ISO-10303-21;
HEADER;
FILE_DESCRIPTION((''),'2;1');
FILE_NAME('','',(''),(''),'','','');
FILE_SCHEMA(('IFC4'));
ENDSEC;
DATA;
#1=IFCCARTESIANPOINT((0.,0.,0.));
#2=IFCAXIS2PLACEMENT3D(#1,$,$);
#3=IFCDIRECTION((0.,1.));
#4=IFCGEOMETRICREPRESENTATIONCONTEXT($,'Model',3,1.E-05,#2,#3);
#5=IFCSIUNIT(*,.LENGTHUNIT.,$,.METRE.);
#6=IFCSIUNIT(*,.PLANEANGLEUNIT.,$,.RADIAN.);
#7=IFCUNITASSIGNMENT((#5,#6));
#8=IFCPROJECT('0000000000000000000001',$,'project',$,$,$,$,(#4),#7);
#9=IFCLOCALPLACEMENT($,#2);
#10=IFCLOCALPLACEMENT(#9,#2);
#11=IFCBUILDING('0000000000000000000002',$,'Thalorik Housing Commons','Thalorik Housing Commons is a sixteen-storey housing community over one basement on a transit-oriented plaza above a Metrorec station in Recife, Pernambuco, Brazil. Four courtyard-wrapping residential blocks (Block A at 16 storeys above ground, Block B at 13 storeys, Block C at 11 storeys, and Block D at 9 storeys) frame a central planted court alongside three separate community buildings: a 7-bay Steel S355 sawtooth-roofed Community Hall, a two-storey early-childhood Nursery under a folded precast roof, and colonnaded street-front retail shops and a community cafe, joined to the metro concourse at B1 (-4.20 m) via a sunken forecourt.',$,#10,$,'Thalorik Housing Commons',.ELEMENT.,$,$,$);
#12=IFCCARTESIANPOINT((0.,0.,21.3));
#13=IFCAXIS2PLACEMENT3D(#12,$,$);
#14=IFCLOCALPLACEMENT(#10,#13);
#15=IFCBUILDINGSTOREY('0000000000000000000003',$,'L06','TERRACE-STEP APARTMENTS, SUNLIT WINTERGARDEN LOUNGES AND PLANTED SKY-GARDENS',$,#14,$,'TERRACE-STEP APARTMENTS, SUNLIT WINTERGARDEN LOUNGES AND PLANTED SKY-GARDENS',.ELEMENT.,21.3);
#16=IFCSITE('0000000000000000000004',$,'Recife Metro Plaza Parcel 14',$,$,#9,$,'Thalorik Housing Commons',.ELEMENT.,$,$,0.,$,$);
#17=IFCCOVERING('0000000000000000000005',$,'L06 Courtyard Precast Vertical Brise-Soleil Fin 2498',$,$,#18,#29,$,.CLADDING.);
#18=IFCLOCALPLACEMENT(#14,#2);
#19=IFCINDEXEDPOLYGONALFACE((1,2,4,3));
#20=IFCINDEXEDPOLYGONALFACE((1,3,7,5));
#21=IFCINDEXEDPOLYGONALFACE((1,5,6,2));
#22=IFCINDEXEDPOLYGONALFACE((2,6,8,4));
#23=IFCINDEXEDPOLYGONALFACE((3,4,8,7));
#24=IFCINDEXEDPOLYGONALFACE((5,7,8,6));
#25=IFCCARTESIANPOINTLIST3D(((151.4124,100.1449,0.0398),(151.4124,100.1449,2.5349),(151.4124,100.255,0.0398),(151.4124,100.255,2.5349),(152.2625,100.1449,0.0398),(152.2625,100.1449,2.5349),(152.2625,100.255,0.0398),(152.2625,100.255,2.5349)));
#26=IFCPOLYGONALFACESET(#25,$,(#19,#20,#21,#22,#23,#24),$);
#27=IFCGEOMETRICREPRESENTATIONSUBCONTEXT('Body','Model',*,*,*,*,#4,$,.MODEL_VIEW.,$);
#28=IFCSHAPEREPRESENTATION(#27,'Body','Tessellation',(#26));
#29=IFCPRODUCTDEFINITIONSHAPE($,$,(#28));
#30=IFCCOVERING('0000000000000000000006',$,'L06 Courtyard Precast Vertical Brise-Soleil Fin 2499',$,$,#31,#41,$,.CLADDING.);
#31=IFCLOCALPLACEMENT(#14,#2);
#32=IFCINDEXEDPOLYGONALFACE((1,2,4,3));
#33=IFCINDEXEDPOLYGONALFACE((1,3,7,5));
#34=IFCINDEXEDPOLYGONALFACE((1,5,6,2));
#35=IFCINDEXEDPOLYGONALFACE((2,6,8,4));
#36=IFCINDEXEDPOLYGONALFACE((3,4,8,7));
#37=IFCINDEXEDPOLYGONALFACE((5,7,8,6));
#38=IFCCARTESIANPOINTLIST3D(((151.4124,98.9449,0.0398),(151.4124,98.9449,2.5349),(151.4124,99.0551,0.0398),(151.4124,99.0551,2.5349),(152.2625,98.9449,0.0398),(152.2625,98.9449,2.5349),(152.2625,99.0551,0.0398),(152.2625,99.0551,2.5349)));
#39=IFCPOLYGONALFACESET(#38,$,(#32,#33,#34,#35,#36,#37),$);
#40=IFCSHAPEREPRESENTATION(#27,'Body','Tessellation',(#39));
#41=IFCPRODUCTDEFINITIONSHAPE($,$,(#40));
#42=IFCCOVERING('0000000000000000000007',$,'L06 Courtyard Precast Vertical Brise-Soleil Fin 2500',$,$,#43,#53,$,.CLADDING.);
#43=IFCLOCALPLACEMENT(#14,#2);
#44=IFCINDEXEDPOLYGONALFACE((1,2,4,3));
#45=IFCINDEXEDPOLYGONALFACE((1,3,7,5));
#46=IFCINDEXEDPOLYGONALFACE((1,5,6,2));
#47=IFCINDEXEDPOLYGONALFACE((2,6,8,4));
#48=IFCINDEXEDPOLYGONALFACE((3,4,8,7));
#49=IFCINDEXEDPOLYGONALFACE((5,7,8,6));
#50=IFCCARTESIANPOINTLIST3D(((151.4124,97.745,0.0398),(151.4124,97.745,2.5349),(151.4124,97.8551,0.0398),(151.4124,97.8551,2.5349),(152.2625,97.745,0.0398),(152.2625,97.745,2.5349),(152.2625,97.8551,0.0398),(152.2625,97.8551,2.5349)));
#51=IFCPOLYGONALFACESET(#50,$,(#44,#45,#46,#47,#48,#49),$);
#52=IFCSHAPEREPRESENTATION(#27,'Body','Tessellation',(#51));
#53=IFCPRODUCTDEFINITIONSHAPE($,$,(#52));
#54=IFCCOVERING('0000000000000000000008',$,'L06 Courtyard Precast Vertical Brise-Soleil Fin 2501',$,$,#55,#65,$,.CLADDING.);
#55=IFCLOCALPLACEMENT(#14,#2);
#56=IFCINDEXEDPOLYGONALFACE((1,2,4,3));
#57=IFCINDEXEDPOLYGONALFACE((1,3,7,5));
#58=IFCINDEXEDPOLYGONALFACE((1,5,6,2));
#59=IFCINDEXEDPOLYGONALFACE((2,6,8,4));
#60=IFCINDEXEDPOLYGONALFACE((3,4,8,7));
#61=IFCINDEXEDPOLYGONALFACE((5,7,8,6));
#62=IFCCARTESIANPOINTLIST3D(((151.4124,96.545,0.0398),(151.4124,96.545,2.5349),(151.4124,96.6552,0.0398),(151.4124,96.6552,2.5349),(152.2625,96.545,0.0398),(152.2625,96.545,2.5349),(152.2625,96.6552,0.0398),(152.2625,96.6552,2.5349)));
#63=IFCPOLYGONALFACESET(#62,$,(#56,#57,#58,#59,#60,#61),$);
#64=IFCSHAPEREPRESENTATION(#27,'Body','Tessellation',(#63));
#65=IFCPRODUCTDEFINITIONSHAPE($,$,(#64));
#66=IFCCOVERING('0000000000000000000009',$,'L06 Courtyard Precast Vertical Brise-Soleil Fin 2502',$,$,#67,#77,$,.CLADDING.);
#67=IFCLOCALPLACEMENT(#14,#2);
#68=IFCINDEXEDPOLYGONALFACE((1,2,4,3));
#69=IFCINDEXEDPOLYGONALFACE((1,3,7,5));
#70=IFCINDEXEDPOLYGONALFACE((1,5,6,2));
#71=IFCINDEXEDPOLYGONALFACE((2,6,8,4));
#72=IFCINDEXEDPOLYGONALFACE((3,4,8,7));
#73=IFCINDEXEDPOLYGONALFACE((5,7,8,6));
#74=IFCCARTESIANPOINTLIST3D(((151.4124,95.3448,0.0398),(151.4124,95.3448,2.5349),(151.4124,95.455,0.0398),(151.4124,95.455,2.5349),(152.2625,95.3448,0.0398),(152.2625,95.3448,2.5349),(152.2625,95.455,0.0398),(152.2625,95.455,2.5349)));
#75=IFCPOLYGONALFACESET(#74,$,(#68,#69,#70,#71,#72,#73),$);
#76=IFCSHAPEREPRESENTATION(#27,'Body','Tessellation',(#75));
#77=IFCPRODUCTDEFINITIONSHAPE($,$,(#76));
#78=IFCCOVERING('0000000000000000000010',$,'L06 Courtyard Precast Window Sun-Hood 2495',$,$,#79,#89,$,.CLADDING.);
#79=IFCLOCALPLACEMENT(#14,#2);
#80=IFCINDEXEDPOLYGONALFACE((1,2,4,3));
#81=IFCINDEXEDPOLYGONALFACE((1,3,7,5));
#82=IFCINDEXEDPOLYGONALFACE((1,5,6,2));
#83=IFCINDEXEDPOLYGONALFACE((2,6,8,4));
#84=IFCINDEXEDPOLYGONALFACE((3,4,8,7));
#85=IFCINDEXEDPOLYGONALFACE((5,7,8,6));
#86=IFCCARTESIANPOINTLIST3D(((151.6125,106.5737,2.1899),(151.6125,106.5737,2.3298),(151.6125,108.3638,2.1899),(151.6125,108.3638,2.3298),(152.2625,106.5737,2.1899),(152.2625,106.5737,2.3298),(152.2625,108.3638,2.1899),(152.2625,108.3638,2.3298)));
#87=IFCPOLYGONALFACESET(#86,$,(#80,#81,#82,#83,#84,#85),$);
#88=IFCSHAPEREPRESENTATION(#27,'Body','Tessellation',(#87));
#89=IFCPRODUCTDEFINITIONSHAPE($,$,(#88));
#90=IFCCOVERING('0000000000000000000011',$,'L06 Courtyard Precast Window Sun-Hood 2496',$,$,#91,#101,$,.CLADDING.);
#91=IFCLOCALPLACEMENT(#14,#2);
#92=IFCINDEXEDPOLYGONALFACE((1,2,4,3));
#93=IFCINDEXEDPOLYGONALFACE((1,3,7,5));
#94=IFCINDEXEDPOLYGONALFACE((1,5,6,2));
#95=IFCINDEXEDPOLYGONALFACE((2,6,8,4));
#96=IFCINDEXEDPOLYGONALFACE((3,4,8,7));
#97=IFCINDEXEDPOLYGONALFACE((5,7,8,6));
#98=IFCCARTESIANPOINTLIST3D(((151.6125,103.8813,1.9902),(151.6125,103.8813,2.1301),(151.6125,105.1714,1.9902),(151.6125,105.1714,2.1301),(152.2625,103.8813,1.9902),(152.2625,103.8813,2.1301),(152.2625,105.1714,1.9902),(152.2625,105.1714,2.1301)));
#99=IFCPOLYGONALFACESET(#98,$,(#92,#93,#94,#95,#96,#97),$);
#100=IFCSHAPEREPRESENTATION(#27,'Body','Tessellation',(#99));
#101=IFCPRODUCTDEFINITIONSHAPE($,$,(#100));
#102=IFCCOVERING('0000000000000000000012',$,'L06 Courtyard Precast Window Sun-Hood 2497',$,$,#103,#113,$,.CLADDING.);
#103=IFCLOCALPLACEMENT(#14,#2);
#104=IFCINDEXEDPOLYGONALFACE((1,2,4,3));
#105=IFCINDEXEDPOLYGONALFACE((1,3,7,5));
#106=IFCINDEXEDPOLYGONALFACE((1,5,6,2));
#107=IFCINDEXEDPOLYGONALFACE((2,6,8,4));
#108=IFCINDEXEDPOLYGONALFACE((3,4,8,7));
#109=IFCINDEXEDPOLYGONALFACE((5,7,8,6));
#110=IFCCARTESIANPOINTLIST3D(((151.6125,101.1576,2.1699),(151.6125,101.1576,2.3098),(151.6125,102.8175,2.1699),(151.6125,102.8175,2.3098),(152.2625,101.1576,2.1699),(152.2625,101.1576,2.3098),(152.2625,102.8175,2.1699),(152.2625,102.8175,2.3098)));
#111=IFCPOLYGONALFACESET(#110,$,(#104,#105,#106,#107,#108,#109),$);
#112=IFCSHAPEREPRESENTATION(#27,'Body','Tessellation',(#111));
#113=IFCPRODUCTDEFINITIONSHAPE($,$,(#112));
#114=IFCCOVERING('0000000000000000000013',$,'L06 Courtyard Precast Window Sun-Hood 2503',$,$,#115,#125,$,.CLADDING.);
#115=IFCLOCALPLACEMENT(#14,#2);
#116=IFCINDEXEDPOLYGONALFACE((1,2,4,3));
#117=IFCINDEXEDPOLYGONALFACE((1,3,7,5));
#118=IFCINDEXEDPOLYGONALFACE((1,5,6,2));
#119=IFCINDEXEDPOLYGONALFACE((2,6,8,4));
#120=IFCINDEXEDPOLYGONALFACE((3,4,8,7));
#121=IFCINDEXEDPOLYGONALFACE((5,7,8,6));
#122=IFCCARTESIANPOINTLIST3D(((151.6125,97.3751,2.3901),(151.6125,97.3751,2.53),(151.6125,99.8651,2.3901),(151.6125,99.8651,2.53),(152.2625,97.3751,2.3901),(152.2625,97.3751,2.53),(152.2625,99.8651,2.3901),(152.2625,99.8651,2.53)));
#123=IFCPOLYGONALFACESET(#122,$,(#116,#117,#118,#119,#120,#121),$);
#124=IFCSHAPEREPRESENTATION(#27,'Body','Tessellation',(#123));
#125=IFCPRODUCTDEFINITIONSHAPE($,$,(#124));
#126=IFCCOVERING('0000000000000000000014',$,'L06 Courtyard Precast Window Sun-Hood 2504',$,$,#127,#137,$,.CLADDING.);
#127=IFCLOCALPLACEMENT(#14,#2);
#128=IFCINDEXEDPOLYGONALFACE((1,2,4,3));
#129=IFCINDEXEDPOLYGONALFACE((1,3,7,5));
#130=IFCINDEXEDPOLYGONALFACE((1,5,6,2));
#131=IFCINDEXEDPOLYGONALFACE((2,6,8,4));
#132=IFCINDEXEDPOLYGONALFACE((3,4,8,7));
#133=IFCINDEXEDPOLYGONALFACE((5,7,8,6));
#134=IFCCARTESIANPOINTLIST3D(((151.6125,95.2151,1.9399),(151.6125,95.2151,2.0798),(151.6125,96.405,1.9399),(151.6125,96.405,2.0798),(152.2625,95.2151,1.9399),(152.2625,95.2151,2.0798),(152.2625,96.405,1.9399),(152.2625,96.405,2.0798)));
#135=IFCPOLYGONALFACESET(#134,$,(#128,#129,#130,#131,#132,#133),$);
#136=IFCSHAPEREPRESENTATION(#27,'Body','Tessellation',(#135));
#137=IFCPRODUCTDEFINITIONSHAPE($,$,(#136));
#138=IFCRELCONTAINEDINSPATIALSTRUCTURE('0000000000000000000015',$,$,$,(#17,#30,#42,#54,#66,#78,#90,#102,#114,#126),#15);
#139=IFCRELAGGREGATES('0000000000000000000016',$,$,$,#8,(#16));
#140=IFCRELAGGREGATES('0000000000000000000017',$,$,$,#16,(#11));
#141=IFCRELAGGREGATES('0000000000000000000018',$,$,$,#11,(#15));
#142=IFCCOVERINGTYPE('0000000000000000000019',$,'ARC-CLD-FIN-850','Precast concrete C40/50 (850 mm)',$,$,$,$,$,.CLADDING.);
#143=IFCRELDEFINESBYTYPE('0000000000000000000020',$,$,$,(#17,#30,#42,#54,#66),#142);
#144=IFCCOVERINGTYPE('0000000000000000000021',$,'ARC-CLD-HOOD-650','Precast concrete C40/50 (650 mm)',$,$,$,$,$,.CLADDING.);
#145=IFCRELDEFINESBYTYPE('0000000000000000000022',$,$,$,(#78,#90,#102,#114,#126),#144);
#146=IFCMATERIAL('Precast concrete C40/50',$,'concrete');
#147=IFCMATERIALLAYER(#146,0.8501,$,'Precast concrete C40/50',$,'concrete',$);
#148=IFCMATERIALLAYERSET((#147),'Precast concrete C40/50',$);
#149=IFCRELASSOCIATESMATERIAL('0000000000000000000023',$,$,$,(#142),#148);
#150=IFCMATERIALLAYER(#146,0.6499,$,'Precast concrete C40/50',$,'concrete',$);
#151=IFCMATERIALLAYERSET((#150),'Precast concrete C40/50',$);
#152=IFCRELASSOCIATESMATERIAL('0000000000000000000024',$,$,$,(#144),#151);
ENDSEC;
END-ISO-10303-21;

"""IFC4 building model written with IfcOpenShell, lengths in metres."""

from ifc_helpers import new_model, si_unit, direction, frame, origin, origin_2d, place, context, subcontext, project, spatial, rectangle, extrude, material, layer, layer_set, type_object, element, save


model = new_model("IFC4")

# Units and contexts
model_context = context("Model", 3, precision=1e-05, world=origin(), true_north=direction((0.0, 1.0)))
body_context = subcontext(model_context, "Body", "Model", "MODEL_VIEW")
ifc_project = project(units=[si_unit("LENGTHUNIT", "METRE"), si_unit("PLANEANGLEUNIT", "RADIAN")], contexts=[model_context])

# Site, building, storey
site_placement = place(None, origin())
site = spatial("IfcSite", under=ifc_project, at=site_placement, Name="Recife Metro Plaza Parcel 14", LongName="Thalorik Housing Commons", CompositionType="ELEMENT", RefElevation=0.0)
building_placement = place(site_placement, origin())
building = spatial("IfcBuilding", under=site, at=building_placement, Name="Thalorik Housing Commons", Description="Thalorik Housing Commons is a sixteen-storey housing community over one basement on a transit-oriented plaza above a Metrorec station in Recife, Pernambuco, Brazil. Four courtyard-wrapping residential blocks (Block A at 16 storeys above ground, Block B at 13 storeys, Block C at 11 storeys, and Block D at 9 storeys) frame a central planted court alongside three separate community buildings: a 7-bay Steel S355 sawtooth-roofed Community Hall, a two-storey early-childhood Nursery under a folded precast roof, and colonnaded street-front retail shops and a community cafe, joined to the metro concourse at B1 (-4.20 m) via a sunken forecourt.", LongName="Thalorik Housing Commons", CompositionType="ELEMENT")
storey_placement = place(building_placement, frame((0.0, 0.0, 21.3)))
storey = spatial("IfcBuildingStorey", under=building, at=storey_placement, Name="L06", Description="TERRACE-STEP APARTMENTS, SUNLIT WINTERGARDEN LOUNGES AND PLANTED SKY-GARDENS", LongName="TERRACE-STEP APARTMENTS, SUNLIT WINTERGARDEN LOUNGES AND PLANTED SKY-GARDENS", CompositionType="ELEMENT", Elevation=21.3)

# Shared definitions
ifc_material_1 = material(Name="Precast concrete C40/50", Category="concrete")

# Coverings
ifc_layer_1 = layer(ifc_material_1, 0.8501, Name="Precast concrete C40/50", Category="concrete")
ifc_layer_set_1 = layer_set([ifc_layer_1], Name="Precast concrete C40/50")
covering_type_1 = type_object("IfcCoveringType", Name="ARC-CLD-FIN-850", Description="Precast concrete C40/50 (850 mm)", PredefinedType="CLADDING", material=ifc_layer_set_1)
for number, where, z_axis, x_axis, name in (
    (1, (151.8374, 100.2, 0.0398), (0.0, 0.0, 1.0), (0.0, -1.0, 0.0), "L06 Courtyard Precast Vertical Brise-Soleil Fin 2498"),
    (2, (151.8374, 99.0, 0.0398), (0.0, 0.0, 1.0), (0.0, -1.0, 0.0), "L06 Courtyard Precast Vertical Brise-Soleil Fin 2499"),
    (3, (151.8374, 97.8, 0.0398), (0.0, 0.0, 1.0), (0.0, -1.0, 0.0), "L06 Courtyard Precast Vertical Brise-Soleil Fin 2500"),
    (4, (151.8374, 96.6001, 0.0398), (0.0, 0.0, 1.0), (0.0, -1.0, 0.0), "L06 Courtyard Precast Vertical Brise-Soleil Fin 2501"),
    (5, (151.8374, 95.3999, 0.0398), (0.0, 0.0, 1.0), (0.0, -1.0, 0.0), "L06 Courtyard Precast Vertical Brise-Soleil Fin 2502"),
):
    element("IfcCovering", number, at=place(storey_placement, frame(where, z_axis=z_axis, x_axis=x_axis)), inside=storey, type_object=covering_type_1, Name=name, PredefinedType="CLADDING", context=body_context, shape_type="SweptSolid", body=[
        extrude(rectangle(XDim=0.1101, YDim=0.8501, at=origin_2d()), origin(), (0.0, 0.0, 1.0), 2.4951),
    ])
ifc_layer_2 = layer(ifc_material_1, 0.6499, Name="Precast concrete C40/50", Category="concrete")
ifc_layer_set_2 = layer_set([ifc_layer_2], Name="Precast concrete C40/50")
covering_type_2 = type_object("IfcCoveringType", Name="ARC-CLD-HOOD-650", Description="Precast concrete C40/50 (650 mm)", PredefinedType="CLADDING", material=ifc_layer_set_2)
covering_1_placement = place(storey_placement, frame((151.9375, 107.4688, 2.1899), z_axis=(0.0, 0.0, 1.0), x_axis=(0.0, -1.0, 0.0)))
element("IfcCovering", 6, at=covering_1_placement, inside=storey, type_object=covering_type_2, Name="L06 Courtyard Precast Window Sun-Hood 2495", PredefinedType="CLADDING", context=body_context, shape_type="SweptSolid", body=[
    extrude(rectangle(XDim=1.79, YDim=0.6499, at=origin_2d()), origin(), (0.0, 0.0, 1.0), 0.1399),
])
covering_2_placement = place(storey_placement, frame((151.9375, 104.5264, 1.9902), z_axis=(0.0, 0.0, 1.0), x_axis=(0.0, -1.0, 0.0)))
element("IfcCovering", 7, at=covering_2_placement, inside=storey, type_object=covering_type_2, Name="L06 Courtyard Precast Window Sun-Hood 2496", PredefinedType="CLADDING", context=body_context, shape_type="SweptSolid", body=[
    extrude(rectangle(XDim=1.29, YDim=0.6499, at=origin_2d()), origin(), (0.0, 0.0, 1.0), 0.1399),
])
covering_3_placement = place(storey_placement, frame((151.9375, 101.9875, 2.1699), z_axis=(0.0, 0.0, 1.0), x_axis=(0.0, -1.0, 0.0)))
element("IfcCovering", 8, at=covering_3_placement, inside=storey, type_object=covering_type_2, Name="L06 Courtyard Precast Window Sun-Hood 2497", PredefinedType="CLADDING", context=body_context, shape_type="SweptSolid", body=[
    extrude(rectangle(XDim=1.6599, YDim=0.6499, at=origin_2d()), origin(), (0.0, 0.0, 1.0), 0.1399),
])
covering_4_placement = place(storey_placement, frame((151.9375, 98.6201, 2.3901), z_axis=(0.0, 0.0, 1.0), x_axis=(0.0, -1.0, 0.0)))
element("IfcCovering", 9, at=covering_4_placement, inside=storey, type_object=covering_type_2, Name="L06 Courtyard Precast Window Sun-Hood 2503", PredefinedType="CLADDING", context=body_context, shape_type="SweptSolid", body=[
    extrude(rectangle(XDim=2.49, YDim=0.6499, at=origin_2d()), origin(), (0.0, 0.0, 1.0), 0.1399),
])
covering_5_placement = place(storey_placement, frame((151.9375, 95.8101, 1.9399), z_axis=(0.0, 0.0, 1.0), x_axis=(0.0, -1.0, 0.0)))
element("IfcCovering", 10, at=covering_5_placement, inside=storey, type_object=covering_type_2, Name="L06 Courtyard Precast Window Sun-Hood 2504", PredefinedType="CLADDING", context=body_context, shape_type="SweptSolid", body=[
    extrude(rectangle(XDim=1.1899, YDim=0.6499, at=origin_2d()), origin(), (0.0, 0.0, 1.0), 0.1399),
])

save(model, "model.ifc")
